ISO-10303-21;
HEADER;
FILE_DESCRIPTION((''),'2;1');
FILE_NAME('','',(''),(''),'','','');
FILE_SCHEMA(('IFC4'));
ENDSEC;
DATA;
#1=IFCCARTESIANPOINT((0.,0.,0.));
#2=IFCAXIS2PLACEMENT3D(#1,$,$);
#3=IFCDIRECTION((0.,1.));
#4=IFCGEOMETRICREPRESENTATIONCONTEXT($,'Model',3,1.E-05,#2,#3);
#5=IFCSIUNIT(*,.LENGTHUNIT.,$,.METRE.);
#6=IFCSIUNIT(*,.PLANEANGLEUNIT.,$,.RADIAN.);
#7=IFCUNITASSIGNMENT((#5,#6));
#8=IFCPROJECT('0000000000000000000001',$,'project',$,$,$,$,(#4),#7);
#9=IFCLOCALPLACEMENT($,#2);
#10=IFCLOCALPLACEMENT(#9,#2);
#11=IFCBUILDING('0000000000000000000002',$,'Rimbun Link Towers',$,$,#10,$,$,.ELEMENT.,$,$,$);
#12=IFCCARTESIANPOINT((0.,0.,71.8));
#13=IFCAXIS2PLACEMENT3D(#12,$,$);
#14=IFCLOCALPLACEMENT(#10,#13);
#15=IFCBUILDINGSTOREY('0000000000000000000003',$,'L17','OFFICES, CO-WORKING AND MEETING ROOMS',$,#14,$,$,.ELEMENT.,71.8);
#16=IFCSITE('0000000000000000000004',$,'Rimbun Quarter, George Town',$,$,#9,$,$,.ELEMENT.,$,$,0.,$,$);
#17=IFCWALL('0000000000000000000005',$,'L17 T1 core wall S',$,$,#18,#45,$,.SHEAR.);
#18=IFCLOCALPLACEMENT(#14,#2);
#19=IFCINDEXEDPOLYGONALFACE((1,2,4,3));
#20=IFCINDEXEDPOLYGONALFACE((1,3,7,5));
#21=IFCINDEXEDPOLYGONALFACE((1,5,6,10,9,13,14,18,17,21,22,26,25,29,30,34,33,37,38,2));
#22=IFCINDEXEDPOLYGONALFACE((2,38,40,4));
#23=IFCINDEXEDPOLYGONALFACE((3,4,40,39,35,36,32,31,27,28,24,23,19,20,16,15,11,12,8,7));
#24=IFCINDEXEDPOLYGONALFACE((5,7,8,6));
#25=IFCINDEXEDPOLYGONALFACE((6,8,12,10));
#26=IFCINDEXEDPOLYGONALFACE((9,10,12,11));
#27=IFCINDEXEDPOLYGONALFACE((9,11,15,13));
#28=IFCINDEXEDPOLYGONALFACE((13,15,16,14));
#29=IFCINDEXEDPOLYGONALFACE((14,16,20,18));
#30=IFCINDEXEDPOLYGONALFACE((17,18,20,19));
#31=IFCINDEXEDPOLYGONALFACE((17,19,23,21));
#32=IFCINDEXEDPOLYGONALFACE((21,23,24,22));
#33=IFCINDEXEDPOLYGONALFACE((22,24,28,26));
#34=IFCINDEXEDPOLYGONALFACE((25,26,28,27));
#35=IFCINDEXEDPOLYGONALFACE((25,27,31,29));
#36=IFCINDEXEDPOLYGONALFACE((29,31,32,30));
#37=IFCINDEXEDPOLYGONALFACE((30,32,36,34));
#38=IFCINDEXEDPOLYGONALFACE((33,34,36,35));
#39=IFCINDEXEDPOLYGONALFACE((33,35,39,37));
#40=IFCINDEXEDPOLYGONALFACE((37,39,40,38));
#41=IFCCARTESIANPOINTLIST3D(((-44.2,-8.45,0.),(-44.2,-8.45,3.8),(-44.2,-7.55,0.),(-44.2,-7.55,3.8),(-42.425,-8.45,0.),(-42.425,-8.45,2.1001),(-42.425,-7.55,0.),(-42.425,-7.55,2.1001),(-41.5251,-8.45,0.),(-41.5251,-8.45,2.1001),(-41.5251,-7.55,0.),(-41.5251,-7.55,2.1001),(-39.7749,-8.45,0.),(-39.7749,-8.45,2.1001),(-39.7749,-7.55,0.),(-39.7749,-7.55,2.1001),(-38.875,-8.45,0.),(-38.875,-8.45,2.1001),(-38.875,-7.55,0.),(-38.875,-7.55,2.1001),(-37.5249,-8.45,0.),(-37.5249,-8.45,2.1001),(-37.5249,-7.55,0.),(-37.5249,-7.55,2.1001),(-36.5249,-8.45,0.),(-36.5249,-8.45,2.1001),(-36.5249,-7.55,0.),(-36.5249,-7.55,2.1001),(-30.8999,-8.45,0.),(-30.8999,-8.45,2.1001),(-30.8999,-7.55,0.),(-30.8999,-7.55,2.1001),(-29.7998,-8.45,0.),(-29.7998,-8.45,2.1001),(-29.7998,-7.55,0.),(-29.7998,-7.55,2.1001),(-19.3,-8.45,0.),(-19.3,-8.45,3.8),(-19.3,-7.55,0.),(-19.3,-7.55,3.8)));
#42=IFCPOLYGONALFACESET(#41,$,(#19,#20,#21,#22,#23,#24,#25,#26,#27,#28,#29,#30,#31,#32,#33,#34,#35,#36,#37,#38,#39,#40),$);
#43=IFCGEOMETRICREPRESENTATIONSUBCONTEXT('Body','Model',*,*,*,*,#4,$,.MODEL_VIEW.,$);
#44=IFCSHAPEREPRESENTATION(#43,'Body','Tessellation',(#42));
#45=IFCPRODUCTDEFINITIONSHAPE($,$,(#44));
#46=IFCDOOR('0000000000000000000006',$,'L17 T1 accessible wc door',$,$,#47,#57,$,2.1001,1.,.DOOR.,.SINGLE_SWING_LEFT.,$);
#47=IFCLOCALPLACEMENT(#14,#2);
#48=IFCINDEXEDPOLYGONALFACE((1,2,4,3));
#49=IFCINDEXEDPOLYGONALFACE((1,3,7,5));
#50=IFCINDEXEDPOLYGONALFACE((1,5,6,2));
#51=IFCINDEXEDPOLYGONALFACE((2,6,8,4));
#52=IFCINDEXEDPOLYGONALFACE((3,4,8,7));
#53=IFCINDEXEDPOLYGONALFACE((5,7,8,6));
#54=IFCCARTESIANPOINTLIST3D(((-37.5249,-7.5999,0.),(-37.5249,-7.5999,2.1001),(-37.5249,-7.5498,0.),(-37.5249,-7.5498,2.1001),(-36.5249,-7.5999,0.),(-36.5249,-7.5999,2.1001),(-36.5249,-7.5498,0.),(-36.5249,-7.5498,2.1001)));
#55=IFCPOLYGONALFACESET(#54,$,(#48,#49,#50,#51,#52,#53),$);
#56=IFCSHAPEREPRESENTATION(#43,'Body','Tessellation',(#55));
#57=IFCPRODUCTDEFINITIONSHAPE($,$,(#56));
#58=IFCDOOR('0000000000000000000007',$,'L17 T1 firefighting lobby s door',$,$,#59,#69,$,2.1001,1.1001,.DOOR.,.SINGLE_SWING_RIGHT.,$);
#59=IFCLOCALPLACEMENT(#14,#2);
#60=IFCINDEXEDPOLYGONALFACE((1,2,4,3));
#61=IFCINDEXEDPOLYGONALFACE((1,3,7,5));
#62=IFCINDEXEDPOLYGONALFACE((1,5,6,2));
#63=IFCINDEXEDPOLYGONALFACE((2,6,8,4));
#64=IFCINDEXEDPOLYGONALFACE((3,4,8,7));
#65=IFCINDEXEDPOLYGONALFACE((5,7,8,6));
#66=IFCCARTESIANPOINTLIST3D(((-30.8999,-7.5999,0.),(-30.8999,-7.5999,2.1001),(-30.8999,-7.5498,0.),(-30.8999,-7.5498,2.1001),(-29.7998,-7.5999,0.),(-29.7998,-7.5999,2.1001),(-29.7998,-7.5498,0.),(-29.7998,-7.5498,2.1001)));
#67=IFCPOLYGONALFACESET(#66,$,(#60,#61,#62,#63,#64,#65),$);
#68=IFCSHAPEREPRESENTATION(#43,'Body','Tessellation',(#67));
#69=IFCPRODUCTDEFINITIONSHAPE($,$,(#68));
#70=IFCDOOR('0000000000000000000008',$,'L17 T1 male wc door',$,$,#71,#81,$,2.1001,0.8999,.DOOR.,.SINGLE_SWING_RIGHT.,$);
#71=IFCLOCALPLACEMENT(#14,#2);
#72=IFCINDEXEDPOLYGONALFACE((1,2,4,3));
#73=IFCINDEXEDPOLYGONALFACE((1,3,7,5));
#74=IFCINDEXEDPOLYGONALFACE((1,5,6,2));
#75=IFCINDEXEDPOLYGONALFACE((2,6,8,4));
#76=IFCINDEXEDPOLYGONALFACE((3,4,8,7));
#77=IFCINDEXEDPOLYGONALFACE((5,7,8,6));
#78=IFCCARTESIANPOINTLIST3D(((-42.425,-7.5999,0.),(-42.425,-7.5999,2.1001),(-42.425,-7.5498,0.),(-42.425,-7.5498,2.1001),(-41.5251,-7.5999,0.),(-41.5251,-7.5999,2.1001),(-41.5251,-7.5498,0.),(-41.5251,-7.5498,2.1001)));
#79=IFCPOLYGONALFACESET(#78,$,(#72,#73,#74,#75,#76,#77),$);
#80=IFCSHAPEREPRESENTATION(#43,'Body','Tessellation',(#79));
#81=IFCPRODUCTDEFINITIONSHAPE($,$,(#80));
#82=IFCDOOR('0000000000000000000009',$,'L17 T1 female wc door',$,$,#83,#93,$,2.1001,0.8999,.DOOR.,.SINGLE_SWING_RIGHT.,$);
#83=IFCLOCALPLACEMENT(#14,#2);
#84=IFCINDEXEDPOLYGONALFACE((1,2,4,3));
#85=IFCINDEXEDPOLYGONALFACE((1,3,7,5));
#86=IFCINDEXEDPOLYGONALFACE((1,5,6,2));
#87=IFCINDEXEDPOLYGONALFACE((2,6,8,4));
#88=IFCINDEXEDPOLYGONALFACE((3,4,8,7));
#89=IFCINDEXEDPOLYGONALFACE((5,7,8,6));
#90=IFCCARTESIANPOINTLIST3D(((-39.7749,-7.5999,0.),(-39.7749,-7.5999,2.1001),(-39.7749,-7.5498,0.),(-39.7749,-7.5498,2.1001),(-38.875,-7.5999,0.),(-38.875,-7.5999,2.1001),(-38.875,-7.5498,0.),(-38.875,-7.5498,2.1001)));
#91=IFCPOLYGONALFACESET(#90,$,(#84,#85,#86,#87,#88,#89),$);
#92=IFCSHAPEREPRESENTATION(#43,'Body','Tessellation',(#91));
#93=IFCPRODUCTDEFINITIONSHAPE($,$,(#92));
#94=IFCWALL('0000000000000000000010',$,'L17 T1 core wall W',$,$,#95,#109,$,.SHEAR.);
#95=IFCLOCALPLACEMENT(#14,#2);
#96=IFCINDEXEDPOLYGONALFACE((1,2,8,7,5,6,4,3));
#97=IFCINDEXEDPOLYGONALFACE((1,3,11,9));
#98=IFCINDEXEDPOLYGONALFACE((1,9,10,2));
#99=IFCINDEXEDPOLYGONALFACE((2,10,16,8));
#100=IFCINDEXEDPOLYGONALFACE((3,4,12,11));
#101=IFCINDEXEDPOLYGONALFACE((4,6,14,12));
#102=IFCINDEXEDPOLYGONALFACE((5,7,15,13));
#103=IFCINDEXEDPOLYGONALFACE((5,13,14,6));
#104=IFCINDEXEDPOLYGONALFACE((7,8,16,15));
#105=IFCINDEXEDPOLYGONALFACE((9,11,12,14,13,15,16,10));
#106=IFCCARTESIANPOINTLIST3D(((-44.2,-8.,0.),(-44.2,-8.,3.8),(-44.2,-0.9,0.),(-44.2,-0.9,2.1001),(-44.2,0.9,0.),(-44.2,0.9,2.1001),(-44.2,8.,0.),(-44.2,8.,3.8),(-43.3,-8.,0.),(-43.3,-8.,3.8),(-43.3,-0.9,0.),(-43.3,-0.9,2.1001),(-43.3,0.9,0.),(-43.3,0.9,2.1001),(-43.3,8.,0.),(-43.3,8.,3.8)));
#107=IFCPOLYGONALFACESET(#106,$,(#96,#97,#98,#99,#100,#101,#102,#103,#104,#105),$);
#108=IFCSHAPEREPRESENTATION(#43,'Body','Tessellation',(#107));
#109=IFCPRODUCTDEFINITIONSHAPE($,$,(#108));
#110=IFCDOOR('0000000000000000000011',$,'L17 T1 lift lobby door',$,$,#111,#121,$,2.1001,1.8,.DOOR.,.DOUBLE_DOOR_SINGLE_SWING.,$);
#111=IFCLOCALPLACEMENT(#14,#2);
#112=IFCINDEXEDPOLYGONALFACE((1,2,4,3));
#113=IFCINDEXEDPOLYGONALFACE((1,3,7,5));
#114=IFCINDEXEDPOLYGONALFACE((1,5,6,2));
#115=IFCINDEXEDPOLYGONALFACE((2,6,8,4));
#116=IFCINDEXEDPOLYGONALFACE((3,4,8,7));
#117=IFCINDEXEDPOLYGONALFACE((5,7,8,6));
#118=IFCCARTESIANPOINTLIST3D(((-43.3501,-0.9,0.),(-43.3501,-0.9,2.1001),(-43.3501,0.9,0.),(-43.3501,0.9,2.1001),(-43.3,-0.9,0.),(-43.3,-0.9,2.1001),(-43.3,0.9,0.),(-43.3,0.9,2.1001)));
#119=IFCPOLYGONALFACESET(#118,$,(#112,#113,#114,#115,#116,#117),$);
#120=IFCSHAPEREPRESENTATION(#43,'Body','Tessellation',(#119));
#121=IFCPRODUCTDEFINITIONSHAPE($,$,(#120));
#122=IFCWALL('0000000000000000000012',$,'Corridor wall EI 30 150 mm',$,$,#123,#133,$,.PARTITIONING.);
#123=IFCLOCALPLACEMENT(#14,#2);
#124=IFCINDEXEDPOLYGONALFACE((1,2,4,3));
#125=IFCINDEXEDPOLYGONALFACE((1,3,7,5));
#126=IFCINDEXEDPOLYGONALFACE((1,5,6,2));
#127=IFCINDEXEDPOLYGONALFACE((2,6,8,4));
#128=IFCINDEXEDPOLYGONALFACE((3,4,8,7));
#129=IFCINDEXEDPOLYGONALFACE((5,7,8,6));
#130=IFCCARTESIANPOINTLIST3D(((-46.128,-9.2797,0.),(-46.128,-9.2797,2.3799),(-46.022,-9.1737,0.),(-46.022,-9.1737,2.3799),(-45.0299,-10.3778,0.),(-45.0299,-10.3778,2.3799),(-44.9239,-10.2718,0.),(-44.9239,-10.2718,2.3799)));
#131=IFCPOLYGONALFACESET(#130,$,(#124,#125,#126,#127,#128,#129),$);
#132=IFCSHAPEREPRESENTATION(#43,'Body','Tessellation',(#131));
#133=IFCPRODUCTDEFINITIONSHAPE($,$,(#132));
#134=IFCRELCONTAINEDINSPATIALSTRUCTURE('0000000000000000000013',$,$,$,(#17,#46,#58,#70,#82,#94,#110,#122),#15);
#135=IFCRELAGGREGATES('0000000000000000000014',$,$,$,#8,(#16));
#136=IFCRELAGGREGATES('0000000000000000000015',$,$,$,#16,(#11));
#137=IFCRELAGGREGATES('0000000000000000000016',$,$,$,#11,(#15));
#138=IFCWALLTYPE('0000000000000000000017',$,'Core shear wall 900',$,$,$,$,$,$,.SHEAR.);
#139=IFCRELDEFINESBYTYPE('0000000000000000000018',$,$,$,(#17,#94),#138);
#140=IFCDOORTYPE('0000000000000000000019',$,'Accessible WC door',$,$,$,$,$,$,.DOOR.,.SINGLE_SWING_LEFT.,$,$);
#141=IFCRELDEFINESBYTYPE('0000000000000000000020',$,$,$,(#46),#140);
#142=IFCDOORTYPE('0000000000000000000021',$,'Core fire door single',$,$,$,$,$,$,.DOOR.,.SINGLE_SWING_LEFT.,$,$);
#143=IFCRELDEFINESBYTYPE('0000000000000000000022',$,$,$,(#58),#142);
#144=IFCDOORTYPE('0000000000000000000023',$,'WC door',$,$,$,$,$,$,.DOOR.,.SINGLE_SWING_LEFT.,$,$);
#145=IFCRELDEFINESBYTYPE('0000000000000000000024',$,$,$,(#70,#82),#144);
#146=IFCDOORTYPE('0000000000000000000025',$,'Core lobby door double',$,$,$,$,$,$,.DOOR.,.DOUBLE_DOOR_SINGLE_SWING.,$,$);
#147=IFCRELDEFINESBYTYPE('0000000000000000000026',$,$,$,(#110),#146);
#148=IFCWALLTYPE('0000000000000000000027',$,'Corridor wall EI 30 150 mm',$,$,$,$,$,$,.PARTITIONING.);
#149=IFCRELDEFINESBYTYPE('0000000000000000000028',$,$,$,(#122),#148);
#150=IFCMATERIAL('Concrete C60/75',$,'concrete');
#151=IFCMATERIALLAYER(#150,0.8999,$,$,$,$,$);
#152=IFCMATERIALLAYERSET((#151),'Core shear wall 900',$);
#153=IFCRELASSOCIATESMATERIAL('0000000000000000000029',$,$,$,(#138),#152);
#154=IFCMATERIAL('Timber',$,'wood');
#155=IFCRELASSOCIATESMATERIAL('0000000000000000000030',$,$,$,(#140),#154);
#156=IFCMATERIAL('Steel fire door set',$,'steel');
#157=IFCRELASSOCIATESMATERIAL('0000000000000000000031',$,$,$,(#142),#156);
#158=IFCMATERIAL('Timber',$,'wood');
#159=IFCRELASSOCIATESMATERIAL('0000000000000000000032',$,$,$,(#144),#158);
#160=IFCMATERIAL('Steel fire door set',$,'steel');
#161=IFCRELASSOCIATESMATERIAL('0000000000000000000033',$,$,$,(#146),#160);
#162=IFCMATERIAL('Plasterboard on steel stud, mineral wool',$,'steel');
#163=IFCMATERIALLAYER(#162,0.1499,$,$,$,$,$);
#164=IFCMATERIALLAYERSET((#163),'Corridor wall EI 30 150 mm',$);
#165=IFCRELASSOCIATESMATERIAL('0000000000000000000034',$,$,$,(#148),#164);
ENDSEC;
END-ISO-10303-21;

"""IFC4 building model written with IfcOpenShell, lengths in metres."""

from ifc_helpers import new_model, si_unit, direction, frame, frame_2d, origin, place, context, subcontext, project, spatial, rectangle, extrude, material, layer, layer_set, type_object, element, fill, save


model = new_model("IFC4")

# Units and contexts
model_context = context("Model", 3, precision=1e-05, world=origin(), true_north=direction((0.0, 1.0)))
body_context = subcontext(model_context, "Body", "Model", "MODEL_VIEW")
ifc_project = project(units=[si_unit("LENGTHUNIT", "METRE"), si_unit("PLANEANGLEUNIT", "RADIAN")], contexts=[model_context])

# Site, building, storey
site_placement = place(None, origin())
site = spatial("IfcSite", under=ifc_project, at=site_placement, Name="Rimbun Quarter, George Town", CompositionType="ELEMENT", RefElevation=0.0)
building_placement = place(site_placement, origin())
building = spatial("IfcBuilding", under=site, at=building_placement, Name="Rimbun Link Towers", CompositionType="ELEMENT")
storey_placement = place(building_placement, frame((0.0, 0.0, 71.8)))
storey = spatial("IfcBuildingStorey", under=building, at=storey_placement, Name="L17", Description="OFFICES, CO-WORKING AND MEETING ROOMS", CompositionType="ELEMENT", Elevation=71.8)

# Wall, openings, doors
ifc_material_1 = material(Name="Concrete C60/75", Category="concrete")
ifc_layer_1 = layer(ifc_material_1, 0.8999)
ifc_layer_set_1 = layer_set([ifc_layer_1], Name="Core shear wall 900")
wall_type_1 = type_object("IfcWallType", Name="Core shear wall 900", PredefinedType="SHEAR", material=ifc_layer_set_1)
wall_1_placement = place(storey_placement, frame((-44.2, -8.0, 0.0), z_axis=(0.0, 0.0, 1.0), x_axis=(1.0, 0.0, 0.0)))
wall_1 = element("IfcWall", 1, at=wall_1_placement, inside=storey, type_object=wall_type_1, Name="L17 T1 core wall S", PredefinedType="SHEAR", context=body_context, shape_type="SweptSolid", body=[
    extrude(rectangle(XDim=24.8999, YDim=0.8999, at=frame_2d((12.45, 0.0))), origin(), (0.0, 0.0, 1.0), 3.8),
])
opening_1_placement = place(wall_1_placement, frame((13.3, 0.0, 0.0)))
opening_1 = element("IfcOpeningElement", 2, at=opening_1_placement, cuts=wall_1, PredefinedType="OPENING", context=body_context, shape_type="SweptSolid", body=[
    extrude(rectangle(XDim=1.1001, YDim=2.1001, at=frame_2d((0.55, 1.05))), frame((0.0, 0.46, 0.0), z_axis=(0.0, -1.0, 0.0), x_axis=(1.0, 0.0, 0.0)), (0.0, 0.0, 1.0), 0.9199),
])
opening_2_placement = place(wall_1_placement, frame((1.7749, 0.0, 0.0)))
opening_2 = element("IfcOpeningElement", 3, at=opening_2_placement, cuts=wall_1, PredefinedType="OPENING", context=body_context, shape_type="SweptSolid", body=[
    extrude(rectangle(XDim=0.8999, YDim=2.1001, at=frame_2d((0.45, 1.05))), frame((0.0, 0.46, 0.0), z_axis=(0.0, -1.0, 0.0), x_axis=(1.0, 0.0, 0.0)), (0.0, 0.0, 1.0), 0.9199),
])
opening_3_placement = place(wall_1_placement, frame((4.425, 0.0, 0.0)))
opening_3 = element("IfcOpeningElement", 4, at=opening_3_placement, cuts=wall_1, PredefinedType="OPENING", context=body_context, shape_type="SweptSolid", body=[
    extrude(rectangle(XDim=0.8999, YDim=2.1001, at=frame_2d((0.45, 1.05))), frame((0.0, 0.46, 0.0), z_axis=(0.0, -1.0, 0.0), x_axis=(1.0, 0.0, 0.0)), (0.0, 0.0, 1.0), 0.9199),
])
opening_4_placement = place(wall_1_placement, frame((6.675, 0.0, 0.0)))
opening_4 = element("IfcOpeningElement", 5, at=opening_4_placement, cuts=wall_1, PredefinedType="OPENING", context=body_context, shape_type="SweptSolid", body=[
    extrude(rectangle(XDim=1.0, YDim=2.1001, at=frame_2d((0.5, 1.05))), frame((0.0, 0.46, 0.0), z_axis=(0.0, -1.0, 0.0), x_axis=(1.0, 0.0, 0.0)), (0.0, 0.0, 1.0), 0.9199),
])
ifc_material_2 = material(Name="Timber", Category="wood")
door_type_1 = type_object("IfcDoorType", Name="Accessible WC door", OperationType="SINGLE_SWING_LEFT", PredefinedType="DOOR", material=ifc_material_2)
door_1_placement = place(opening_4_placement, origin())
door_1 = element("IfcDoor", 6, at=door_1_placement, inside=storey, type_object=door_type_1, Name="L17 T1 accessible wc door", OperationType="SINGLE_SWING_LEFT", OverallHeight=2.1001, OverallWidth=1.0, PredefinedType="DOOR", context=body_context, shape_type="SweptSolid", body=[
    extrude(rectangle(XDim=1.0, YDim=2.1001, at=frame_2d((0.5, 1.05))), frame((0.0, 0.4502, 0.0), z_axis=(0.0, -1.0, 0.0), x_axis=(1.0, 0.0, 0.0)), (0.0, 0.0, 1.0), 0.05),
])
fill(opening_4, door_1)
ifc_material_3 = material(Name="Steel fire door set", Category="steel")
door_type_2 = type_object("IfcDoorType", Name="Core fire door single", OperationType="SINGLE_SWING_LEFT", PredefinedType="DOOR", material=ifc_material_3)
door_2_placement = place(opening_1_placement, origin())
door_2 = element("IfcDoor", 7, at=door_2_placement, inside=storey, type_object=door_type_2, Name="L17 T1 firefighting lobby s door", OperationType="SINGLE_SWING_RIGHT", OverallHeight=2.1001, OverallWidth=1.1001, PredefinedType="DOOR", context=body_context, shape_type="SweptSolid", body=[
    extrude(rectangle(XDim=1.1001, YDim=2.1001, at=frame_2d((0.55, 1.05))), frame((0.0, 0.4502, 0.0), z_axis=(0.0, -1.0, 0.0), x_axis=(1.0, 0.0, 0.0)), (0.0, 0.0, 1.0), 0.05),
])
fill(opening_1, door_2)
ifc_material_4 = material(Name="Timber", Category="wood")
door_type_3 = type_object("IfcDoorType", Name="WC door", OperationType="SINGLE_SWING_LEFT", PredefinedType="DOOR", material=ifc_material_4)
door_3_placement = place(opening_2_placement, origin())
door_3 = element("IfcDoor", 8, at=door_3_placement, inside=storey, type_object=door_type_3, Name="L17 T1 male wc door", OperationType="SINGLE_SWING_RIGHT", OverallHeight=2.1001, OverallWidth=0.8999, PredefinedType="DOOR", context=body_context, shape_type="SweptSolid", body=[
    extrude(rectangle(XDim=0.8999, YDim=2.1001, at=frame_2d((0.45, 1.05))), frame((0.0, 0.4502, 0.0), z_axis=(0.0, -1.0, 0.0), x_axis=(1.0, 0.0, 0.0)), (0.0, 0.0, 1.0), 0.05),
])
fill(opening_2, door_3)
door_4_placement = place(opening_3_placement, origin())
door_4 = element("IfcDoor", 9, at=door_4_placement, inside=storey, type_object=door_type_3, Name="L17 T1 female wc door", OperationType="SINGLE_SWING_RIGHT", OverallHeight=2.1001, OverallWidth=0.8999, PredefinedType="DOOR", context=body_context, shape_type="SweptSolid", body=[
    extrude(rectangle(XDim=0.8999, YDim=2.1001, at=frame_2d((0.45, 1.05))), frame((0.0, 0.4502, 0.0), z_axis=(0.0, -1.0, 0.0), x_axis=(1.0, 0.0, 0.0)), (0.0, 0.0, 1.0), 0.05),
])
fill(opening_3, door_4)

# Wall, opening, door
wall_2_placement = place(storey_placement, frame((-43.75, -8.0, 0.0), z_axis=(0.0, 0.0, 1.0), x_axis=(0.0, 1.0, 0.0)))
wall_2 = element("IfcWall", 10, at=wall_2_placement, inside=storey, type_object=wall_type_1, Name="L17 T1 core wall W", PredefinedType="SHEAR", context=body_context, shape_type="SweptSolid", body=[
    extrude(rectangle(XDim=16.0, YDim=0.8999, at=frame_2d((8.0, 0.0))), origin(), (0.0, 0.0, 1.0), 3.8),
])
opening_5_placement = place(wall_2_placement, frame((7.1001, 0.0, 0.0)))
opening_5 = element("IfcOpeningElement", 11, at=opening_5_placement, cuts=wall_2, PredefinedType="OPENING", context=body_context, shape_type="SweptSolid", body=[
    extrude(rectangle(XDim=1.8, YDim=2.1001, at=frame_2d((0.8999, 1.05))), frame((0.0, 0.46, 0.0), z_axis=(0.0, -1.0, 0.0), x_axis=(1.0, 0.0, 0.0)), (0.0, 0.0, 1.0), 0.9199),
])
ifc_material_5 = material(Name="Steel fire door set", Category="steel")
door_type_4 = type_object("IfcDoorType", Name="Core lobby door double", OperationType="DOUBLE_DOOR_SINGLE_SWING", PredefinedType="DOOR", material=ifc_material_5)
door_5_placement = place(opening_5_placement, origin())
door_5 = element("IfcDoor", 12, at=door_5_placement, inside=storey, type_object=door_type_4, Name="L17 T1 lift lobby door", OperationType="DOUBLE_DOOR_SINGLE_SWING", OverallHeight=2.1001, OverallWidth=1.8, PredefinedType="DOOR", context=body_context, shape_type="SweptSolid", body=[
    extrude(rectangle(XDim=1.8, YDim=2.1001, at=frame_2d((0.8999, 1.05))), frame((0.0, -0.3999, 0.0), z_axis=(0.0, -1.0, 0.0), x_axis=(1.0, 0.0, 0.0)), (0.0, 0.0, 1.0), 0.05),
])
fill(opening_5, door_5)

# Wall
ifc_material_6 = material(Name="Plasterboard on steel stud, mineral wool", Category="steel")
ifc_layer_2 = layer(ifc_material_6, 0.1499)
ifc_layer_set_2 = layer_set([ifc_layer_2], Name="Corridor wall EI 30 150 mm")
wall_type_2 = type_object("IfcWallType", Name="Corridor wall EI 30 150 mm", PredefinedType="PARTITIONING", material=ifc_layer_set_2)
wall_3_placement = place(storey_placement, frame((-46.075, -9.2268, 0.0), z_axis=(0.0, 0.0, 1.0), x_axis=(0.707107, -0.707107, 0.0)))
element("IfcWall", 13, at=wall_3_placement, inside=storey, type_object=wall_type_2, Name="Corridor wall EI 30 150 mm", PredefinedType="PARTITIONING", context=body_context, shape_type="SweptSolid", body=[
    extrude(rectangle(XDim=1.553, YDim=0.1499, at=frame_2d((0.7764, 0.0))), origin(), (0.0, 0.0, 1.0), 2.3799),
])

save(model, "model.ifc")
